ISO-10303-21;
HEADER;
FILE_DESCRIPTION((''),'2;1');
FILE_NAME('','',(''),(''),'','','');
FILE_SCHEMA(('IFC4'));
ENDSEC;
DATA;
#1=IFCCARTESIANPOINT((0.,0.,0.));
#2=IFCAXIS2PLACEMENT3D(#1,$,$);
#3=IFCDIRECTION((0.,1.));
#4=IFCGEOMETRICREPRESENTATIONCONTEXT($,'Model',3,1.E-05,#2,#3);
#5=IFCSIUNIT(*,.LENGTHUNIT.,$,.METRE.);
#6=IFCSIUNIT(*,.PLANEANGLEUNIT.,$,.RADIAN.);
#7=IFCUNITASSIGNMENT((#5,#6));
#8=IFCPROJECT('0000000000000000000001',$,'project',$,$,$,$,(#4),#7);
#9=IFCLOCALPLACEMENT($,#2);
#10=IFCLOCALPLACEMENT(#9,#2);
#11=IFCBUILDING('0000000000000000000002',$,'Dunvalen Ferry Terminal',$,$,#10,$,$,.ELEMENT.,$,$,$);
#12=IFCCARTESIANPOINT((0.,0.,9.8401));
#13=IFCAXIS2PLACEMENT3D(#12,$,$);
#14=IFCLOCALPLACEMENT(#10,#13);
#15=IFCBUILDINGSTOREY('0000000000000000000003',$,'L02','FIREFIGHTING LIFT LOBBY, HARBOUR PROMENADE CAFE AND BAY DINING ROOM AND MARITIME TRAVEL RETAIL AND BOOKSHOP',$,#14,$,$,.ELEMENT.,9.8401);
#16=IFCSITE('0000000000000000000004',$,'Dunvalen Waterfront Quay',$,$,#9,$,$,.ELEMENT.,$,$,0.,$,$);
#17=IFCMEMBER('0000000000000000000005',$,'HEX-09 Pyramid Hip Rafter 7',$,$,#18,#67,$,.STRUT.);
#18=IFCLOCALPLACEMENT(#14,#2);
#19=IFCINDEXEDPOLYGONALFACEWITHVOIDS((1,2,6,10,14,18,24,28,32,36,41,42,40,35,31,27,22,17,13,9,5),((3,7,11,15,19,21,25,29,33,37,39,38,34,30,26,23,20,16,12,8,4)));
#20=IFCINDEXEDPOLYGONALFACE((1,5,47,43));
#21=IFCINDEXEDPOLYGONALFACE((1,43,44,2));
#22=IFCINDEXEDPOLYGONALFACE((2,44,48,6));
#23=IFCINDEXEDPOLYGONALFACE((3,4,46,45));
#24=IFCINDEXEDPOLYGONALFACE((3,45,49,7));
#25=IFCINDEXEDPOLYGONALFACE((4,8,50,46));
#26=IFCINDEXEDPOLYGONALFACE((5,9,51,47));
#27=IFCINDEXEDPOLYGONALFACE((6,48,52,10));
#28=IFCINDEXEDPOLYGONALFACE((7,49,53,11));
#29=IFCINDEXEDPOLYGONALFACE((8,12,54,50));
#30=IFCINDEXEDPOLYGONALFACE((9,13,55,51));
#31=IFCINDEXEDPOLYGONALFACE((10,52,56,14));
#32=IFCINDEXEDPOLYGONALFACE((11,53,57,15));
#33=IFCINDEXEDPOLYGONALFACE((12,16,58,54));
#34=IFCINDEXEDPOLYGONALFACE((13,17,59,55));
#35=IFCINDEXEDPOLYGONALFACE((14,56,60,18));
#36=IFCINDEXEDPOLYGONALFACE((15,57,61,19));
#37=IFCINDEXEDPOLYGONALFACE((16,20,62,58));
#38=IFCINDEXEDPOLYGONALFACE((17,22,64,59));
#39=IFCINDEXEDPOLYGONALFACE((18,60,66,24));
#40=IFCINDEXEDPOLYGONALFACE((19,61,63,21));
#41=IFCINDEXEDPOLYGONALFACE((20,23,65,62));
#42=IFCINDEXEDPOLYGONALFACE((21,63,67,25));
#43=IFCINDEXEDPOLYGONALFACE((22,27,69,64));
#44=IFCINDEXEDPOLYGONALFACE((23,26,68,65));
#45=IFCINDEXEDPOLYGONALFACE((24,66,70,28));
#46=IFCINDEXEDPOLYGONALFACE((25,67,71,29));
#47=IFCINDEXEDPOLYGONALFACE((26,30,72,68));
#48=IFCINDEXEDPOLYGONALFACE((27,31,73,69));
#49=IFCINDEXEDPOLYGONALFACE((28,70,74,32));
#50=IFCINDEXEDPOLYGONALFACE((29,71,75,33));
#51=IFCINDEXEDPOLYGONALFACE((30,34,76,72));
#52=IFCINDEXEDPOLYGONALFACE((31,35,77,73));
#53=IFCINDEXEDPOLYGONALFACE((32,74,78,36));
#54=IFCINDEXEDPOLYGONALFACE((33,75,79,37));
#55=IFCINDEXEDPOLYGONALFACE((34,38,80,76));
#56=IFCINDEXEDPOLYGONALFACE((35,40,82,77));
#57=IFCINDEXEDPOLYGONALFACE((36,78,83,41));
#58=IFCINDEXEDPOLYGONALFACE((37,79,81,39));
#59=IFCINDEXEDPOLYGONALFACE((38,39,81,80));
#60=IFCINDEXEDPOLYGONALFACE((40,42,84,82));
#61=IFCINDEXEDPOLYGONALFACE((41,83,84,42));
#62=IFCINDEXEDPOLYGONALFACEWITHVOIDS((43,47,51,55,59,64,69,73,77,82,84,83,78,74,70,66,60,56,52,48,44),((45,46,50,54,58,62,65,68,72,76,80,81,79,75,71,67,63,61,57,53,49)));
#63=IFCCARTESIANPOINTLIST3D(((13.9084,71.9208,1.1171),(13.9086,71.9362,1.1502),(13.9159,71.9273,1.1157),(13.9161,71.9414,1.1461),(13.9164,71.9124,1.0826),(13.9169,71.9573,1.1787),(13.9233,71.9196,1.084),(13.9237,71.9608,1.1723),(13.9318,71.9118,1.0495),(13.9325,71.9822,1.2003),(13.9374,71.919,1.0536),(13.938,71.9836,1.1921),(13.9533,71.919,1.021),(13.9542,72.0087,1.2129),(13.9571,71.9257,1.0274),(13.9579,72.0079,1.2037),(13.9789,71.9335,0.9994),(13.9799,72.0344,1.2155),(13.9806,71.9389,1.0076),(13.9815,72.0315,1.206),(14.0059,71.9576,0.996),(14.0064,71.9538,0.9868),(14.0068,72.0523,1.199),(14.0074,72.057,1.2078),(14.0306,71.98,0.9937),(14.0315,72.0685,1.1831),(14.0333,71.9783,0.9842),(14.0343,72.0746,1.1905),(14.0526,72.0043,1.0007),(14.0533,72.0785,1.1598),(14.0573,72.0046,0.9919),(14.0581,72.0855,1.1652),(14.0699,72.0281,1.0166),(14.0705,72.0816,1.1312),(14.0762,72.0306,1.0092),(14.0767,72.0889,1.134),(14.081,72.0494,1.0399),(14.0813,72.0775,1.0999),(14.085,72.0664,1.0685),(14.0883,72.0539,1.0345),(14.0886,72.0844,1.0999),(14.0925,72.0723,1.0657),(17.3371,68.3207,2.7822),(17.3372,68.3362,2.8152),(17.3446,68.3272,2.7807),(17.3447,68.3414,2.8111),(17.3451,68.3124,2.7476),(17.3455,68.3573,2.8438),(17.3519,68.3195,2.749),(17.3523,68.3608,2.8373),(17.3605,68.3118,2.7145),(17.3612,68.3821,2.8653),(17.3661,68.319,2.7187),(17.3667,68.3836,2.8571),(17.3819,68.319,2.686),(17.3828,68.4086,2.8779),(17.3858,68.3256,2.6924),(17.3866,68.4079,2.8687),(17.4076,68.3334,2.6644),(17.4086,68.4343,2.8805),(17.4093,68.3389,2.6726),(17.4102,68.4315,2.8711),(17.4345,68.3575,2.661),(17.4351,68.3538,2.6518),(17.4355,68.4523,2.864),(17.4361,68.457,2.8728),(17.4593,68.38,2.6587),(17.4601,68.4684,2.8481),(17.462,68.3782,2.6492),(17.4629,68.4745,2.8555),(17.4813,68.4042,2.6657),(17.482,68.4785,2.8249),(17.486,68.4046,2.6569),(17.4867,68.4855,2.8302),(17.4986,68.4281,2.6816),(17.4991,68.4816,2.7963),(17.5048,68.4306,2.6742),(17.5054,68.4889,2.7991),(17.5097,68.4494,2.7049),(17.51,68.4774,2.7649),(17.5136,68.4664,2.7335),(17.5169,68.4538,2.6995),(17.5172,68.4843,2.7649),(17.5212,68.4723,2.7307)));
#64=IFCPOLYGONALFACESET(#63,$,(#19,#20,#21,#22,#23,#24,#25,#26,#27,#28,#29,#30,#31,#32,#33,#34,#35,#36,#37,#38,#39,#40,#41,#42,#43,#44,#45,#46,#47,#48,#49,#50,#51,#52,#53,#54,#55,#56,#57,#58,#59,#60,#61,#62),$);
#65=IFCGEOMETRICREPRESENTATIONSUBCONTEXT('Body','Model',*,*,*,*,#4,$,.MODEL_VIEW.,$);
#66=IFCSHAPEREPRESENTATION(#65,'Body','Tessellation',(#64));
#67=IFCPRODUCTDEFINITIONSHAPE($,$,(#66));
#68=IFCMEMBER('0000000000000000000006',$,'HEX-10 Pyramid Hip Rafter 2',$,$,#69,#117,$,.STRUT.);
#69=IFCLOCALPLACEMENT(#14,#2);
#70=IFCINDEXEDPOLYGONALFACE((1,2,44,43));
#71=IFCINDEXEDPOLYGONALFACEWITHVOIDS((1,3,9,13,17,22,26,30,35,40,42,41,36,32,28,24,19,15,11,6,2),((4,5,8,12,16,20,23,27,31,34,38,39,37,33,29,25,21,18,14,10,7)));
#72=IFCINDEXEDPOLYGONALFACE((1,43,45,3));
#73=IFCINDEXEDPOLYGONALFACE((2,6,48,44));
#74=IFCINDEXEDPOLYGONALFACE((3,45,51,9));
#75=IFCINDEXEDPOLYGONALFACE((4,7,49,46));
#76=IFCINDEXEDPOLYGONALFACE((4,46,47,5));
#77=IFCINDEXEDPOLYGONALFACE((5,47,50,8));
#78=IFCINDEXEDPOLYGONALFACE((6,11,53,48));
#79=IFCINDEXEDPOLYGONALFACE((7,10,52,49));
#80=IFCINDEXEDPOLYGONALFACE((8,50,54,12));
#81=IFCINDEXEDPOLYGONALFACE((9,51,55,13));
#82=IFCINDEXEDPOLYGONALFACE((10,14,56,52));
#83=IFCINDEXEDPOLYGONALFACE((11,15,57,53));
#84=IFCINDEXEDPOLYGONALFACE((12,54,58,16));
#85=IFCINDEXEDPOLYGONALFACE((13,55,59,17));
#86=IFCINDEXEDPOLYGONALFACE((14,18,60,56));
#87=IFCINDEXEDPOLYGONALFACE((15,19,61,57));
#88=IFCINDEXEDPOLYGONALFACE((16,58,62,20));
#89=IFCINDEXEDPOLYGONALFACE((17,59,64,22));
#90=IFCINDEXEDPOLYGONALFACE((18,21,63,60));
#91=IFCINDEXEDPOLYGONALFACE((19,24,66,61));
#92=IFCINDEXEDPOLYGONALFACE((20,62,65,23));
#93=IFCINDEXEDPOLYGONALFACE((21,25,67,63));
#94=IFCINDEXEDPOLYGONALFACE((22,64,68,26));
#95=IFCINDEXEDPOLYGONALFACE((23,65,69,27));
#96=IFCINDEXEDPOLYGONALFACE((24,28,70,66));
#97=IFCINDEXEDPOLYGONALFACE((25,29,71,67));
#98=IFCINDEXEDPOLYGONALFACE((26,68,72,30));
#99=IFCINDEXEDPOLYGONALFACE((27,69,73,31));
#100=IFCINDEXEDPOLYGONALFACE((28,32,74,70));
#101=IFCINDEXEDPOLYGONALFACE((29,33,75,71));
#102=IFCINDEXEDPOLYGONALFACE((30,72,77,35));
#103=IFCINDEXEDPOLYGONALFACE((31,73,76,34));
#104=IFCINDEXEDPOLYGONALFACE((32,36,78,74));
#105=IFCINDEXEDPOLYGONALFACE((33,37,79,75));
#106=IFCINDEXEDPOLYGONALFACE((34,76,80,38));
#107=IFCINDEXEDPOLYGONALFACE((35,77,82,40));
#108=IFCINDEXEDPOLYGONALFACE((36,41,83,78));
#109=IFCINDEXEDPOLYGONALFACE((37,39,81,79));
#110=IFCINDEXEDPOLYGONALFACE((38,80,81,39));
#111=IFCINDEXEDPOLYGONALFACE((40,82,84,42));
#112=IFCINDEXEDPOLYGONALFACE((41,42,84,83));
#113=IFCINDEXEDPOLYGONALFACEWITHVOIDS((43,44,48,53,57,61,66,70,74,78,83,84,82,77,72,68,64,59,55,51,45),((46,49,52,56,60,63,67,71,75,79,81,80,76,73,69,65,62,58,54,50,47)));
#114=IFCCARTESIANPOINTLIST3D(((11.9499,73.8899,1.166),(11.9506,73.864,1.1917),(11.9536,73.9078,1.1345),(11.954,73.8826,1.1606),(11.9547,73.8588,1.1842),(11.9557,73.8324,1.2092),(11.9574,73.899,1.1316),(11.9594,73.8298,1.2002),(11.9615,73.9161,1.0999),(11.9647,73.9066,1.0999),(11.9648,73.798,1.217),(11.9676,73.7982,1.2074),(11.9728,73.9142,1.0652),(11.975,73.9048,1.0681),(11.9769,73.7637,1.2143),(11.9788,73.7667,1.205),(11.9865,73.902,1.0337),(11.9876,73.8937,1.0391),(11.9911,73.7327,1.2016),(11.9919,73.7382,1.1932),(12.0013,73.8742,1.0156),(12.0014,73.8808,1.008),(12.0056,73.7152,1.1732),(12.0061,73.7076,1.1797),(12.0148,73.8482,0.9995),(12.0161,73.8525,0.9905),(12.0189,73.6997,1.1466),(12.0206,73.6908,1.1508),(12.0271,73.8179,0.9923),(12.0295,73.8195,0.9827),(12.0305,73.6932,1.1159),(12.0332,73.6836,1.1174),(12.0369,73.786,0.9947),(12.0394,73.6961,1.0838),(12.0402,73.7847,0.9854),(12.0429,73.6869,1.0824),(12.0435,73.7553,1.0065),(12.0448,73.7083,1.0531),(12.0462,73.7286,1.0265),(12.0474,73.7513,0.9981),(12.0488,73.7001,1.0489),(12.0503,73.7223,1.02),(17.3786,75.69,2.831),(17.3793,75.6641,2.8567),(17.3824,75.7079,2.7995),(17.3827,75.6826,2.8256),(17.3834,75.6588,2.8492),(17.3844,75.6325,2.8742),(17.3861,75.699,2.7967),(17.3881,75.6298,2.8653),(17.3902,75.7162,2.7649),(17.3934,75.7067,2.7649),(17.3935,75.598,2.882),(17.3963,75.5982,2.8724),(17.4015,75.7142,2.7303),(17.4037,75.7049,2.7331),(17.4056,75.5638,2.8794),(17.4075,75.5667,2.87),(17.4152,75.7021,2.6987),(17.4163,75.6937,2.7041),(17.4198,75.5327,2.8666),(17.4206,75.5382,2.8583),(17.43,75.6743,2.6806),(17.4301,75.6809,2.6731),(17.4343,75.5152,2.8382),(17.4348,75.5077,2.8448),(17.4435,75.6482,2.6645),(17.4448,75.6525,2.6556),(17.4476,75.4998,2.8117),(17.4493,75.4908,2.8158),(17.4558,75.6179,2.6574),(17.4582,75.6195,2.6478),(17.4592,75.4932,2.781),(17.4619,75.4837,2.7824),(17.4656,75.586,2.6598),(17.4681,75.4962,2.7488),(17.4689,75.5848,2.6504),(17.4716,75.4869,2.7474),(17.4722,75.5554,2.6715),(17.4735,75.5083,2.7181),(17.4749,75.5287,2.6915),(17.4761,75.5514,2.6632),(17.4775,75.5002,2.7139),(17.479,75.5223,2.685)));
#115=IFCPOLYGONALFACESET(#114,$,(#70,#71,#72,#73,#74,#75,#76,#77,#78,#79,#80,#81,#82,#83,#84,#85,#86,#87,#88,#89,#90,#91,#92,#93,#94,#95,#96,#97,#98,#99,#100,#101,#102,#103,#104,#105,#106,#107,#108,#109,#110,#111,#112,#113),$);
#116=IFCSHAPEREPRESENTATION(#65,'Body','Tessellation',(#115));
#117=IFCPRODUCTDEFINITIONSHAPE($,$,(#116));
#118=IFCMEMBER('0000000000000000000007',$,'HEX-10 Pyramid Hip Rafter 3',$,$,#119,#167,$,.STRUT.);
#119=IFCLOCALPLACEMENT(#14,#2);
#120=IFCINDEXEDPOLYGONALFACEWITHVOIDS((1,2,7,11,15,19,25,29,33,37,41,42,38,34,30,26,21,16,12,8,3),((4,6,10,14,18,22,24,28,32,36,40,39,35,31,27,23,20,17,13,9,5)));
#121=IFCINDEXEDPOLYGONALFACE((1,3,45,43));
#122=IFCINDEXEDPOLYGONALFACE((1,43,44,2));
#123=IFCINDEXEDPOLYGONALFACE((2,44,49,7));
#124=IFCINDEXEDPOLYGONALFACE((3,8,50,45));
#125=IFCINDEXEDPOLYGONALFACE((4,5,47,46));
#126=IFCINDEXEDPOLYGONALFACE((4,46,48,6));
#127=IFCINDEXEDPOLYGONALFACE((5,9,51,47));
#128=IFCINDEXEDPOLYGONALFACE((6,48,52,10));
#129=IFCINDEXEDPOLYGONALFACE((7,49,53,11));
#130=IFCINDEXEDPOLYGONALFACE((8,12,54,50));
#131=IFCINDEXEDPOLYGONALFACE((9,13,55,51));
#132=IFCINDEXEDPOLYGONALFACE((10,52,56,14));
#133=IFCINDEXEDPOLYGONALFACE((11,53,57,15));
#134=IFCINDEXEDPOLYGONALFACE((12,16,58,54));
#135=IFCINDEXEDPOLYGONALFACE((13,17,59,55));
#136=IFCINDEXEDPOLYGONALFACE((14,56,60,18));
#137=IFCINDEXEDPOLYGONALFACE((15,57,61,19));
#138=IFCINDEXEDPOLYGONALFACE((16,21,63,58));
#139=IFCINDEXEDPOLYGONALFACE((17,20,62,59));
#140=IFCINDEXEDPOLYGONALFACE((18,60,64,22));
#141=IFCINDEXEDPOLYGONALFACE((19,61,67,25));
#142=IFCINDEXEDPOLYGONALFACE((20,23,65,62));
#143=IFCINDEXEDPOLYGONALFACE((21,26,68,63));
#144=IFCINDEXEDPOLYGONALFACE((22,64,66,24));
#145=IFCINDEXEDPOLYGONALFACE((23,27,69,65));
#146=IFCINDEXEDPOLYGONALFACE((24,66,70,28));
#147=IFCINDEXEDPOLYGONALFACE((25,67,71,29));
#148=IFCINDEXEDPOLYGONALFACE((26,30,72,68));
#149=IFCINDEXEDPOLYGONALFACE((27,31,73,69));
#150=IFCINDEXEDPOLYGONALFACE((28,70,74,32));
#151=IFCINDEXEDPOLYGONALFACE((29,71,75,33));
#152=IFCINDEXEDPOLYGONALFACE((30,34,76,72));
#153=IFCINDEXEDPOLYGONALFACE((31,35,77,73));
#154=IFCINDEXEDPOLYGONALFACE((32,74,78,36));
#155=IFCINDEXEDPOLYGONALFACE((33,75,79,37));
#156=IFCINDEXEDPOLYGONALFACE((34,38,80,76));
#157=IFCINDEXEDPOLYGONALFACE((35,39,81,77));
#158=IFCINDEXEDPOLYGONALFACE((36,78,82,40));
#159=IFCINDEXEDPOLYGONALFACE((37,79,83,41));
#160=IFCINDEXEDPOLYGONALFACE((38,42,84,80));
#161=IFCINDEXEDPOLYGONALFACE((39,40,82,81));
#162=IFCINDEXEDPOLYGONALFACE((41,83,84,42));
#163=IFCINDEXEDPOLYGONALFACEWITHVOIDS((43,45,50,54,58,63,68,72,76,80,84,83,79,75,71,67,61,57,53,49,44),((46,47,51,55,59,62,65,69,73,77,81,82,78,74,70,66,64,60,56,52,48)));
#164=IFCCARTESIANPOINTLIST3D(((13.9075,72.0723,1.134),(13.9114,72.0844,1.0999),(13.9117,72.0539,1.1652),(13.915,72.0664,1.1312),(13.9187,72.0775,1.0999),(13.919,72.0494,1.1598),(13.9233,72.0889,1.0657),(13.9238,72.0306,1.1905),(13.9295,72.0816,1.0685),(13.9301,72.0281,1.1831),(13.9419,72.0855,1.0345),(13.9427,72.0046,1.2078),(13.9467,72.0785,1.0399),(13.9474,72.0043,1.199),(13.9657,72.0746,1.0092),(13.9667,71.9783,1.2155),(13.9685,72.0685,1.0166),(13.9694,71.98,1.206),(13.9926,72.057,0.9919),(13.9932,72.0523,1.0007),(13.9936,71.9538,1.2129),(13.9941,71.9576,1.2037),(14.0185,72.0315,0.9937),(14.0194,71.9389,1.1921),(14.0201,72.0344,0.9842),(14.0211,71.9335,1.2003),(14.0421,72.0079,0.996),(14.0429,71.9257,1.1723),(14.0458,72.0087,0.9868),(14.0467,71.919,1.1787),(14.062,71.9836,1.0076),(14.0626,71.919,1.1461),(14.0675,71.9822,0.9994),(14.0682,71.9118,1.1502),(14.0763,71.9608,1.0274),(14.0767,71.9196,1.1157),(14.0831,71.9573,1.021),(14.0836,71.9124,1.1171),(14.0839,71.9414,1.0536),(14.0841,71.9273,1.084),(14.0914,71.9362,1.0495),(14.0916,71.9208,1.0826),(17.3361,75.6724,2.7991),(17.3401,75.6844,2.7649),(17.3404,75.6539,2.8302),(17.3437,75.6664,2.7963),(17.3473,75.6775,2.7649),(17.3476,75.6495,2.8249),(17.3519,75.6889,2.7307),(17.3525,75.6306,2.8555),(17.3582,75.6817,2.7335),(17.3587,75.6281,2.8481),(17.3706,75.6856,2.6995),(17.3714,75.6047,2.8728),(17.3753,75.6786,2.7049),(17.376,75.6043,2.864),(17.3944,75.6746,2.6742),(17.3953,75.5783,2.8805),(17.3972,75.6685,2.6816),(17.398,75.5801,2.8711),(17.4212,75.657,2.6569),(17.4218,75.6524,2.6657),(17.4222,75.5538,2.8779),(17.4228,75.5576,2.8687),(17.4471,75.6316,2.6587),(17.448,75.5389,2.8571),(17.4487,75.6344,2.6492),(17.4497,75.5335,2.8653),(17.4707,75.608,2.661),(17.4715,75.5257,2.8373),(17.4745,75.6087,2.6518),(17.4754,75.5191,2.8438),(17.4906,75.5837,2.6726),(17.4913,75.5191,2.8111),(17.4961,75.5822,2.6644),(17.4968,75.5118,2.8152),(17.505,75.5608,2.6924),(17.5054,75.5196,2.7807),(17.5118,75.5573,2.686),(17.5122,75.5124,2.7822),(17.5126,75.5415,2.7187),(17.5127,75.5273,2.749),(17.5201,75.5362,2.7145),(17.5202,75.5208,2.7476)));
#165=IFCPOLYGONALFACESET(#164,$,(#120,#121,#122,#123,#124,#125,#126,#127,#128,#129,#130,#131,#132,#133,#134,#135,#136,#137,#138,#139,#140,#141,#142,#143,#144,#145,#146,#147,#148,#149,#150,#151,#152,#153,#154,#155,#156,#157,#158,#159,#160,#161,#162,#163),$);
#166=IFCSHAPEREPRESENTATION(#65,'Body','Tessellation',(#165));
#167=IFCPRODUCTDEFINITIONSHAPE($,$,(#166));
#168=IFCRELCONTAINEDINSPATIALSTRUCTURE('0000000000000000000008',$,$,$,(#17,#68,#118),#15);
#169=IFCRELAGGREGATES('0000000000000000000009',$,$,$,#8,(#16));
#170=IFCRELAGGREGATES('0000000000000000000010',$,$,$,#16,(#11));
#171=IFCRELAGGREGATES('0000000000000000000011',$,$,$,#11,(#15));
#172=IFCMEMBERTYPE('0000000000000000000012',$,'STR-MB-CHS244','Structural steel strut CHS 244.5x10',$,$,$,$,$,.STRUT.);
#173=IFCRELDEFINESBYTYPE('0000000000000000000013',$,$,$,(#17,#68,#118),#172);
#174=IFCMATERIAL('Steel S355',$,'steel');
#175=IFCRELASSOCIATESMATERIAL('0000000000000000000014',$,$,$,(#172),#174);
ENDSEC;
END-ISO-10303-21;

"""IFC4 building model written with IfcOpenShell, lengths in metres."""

from ifc_helpers import new_model, si_unit, direction, frame, origin, origin_2d, place, context, subcontext, project, spatial, hollow_circle, extrude, material, material_profile, profile_set, type_object, element, save


model = new_model("IFC4")

# Units and contexts
model_context = context("Model", 3, precision=1e-05, world=origin(), true_north=direction((0.0, 1.0)))
body_context = subcontext(model_context, "Body", "Model", "MODEL_VIEW")
ifc_project = project(units=[si_unit("LENGTHUNIT", "METRE"), si_unit("PLANEANGLEUNIT", "RADIAN")], contexts=[model_context])

# Site, building, storey
site_placement = place(None, origin())
site = spatial("IfcSite", under=ifc_project, at=site_placement, Name="Dunvalen Waterfront Quay", CompositionType="ELEMENT", RefElevation=0.0)
building_placement = place(site_placement, origin())
building = spatial("IfcBuilding", under=site, at=building_placement, Name="Dunvalen Ferry Terminal", CompositionType="ELEMENT")
storey_placement = place(building_placement, frame((0.0, 0.0, 9.8401)))
storey = spatial("IfcBuildingStorey", under=building, at=storey_placement, Name="L02", Description="FIREFIGHTING LIFT LOBBY, HARBOUR PROMENADE CAFE AND BAY DINING ROOM AND MARITIME TRAVEL RETAIL AND BOOKSHOP", CompositionType="ELEMENT", Elevation=9.8401)

# Shared definitions
ifc_material_1 = material(Name="Steel S355", Category="steel")

# Members
ifc_material_profile_1 = material_profile(ifc_material_1, hollow_circle(Radius=0.1223, WallThickness=0.01, at=origin_2d()), Name="Steel S355")
ifc_profile_set_1 = profile_set([ifc_material_profile_1], Name="Steel S355")
member_type_1 = type_object("IfcMemberType", Name="STR-MB-CHS244", Description="Structural steel strut CHS 244.5x10", PredefinedType="STRUT", material=ifc_profile_set_1)
member_1_placement = place(storey_placement, frame((14.0, 72.0, 1.0999), z_axis=(0.653959, -0.686648, 0.317573), x_axis=(0.724133, 0.68966, 0.0)))
element("IfcMember", 1, at=member_1_placement, inside=storey, type_object=member_type_1, Name="HEX-09 Pyramid Hip Rafter 7", PredefinedType="STRUT", context=body_context, shape_type="SweptSolid", body=[
    extrude(hollow_circle(Radius=0.1223, WallThickness=0.01, at=origin_2d()), origin(), (0.0, 0.0, 1.0), 5.2429),
])
member_2_placement = place(storey_placement, frame((12.0, 73.8, 1.0999), z_axis=(0.911347, 0.302184, 0.279519), x_axis=(-0.314729, 0.949182, 0.0)))
element("IfcMember", 2, at=member_2_placement, inside=storey, type_object=member_type_1, Name="HEX-10 Pyramid Hip Rafter 2", PredefinedType="STRUT", context=body_context, shape_type="SweptSolid", body=[
    extrude(hollow_circle(Radius=0.1223, WallThickness=0.01, at=origin_2d()), origin(), (0.0, 0.0, 1.0), 5.9568),
])
member_3_placement = place(storey_placement, frame((14.0, 72.0, 1.0999), z_axis=(0.653959, 0.686648, 0.317573), x_axis=(-0.724133, 0.68966, 0.0)))
element("IfcMember", 3, at=member_3_placement, inside=storey, type_object=member_type_1, Name="HEX-10 Pyramid Hip Rafter 3", PredefinedType="STRUT", context=body_context, shape_type="SweptSolid", body=[
    extrude(hollow_circle(Radius=0.1223, WallThickness=0.01, at=origin_2d()), origin(), (0.0, 0.0, 1.0), 5.2429),
])

save(model, "model.ifc")
